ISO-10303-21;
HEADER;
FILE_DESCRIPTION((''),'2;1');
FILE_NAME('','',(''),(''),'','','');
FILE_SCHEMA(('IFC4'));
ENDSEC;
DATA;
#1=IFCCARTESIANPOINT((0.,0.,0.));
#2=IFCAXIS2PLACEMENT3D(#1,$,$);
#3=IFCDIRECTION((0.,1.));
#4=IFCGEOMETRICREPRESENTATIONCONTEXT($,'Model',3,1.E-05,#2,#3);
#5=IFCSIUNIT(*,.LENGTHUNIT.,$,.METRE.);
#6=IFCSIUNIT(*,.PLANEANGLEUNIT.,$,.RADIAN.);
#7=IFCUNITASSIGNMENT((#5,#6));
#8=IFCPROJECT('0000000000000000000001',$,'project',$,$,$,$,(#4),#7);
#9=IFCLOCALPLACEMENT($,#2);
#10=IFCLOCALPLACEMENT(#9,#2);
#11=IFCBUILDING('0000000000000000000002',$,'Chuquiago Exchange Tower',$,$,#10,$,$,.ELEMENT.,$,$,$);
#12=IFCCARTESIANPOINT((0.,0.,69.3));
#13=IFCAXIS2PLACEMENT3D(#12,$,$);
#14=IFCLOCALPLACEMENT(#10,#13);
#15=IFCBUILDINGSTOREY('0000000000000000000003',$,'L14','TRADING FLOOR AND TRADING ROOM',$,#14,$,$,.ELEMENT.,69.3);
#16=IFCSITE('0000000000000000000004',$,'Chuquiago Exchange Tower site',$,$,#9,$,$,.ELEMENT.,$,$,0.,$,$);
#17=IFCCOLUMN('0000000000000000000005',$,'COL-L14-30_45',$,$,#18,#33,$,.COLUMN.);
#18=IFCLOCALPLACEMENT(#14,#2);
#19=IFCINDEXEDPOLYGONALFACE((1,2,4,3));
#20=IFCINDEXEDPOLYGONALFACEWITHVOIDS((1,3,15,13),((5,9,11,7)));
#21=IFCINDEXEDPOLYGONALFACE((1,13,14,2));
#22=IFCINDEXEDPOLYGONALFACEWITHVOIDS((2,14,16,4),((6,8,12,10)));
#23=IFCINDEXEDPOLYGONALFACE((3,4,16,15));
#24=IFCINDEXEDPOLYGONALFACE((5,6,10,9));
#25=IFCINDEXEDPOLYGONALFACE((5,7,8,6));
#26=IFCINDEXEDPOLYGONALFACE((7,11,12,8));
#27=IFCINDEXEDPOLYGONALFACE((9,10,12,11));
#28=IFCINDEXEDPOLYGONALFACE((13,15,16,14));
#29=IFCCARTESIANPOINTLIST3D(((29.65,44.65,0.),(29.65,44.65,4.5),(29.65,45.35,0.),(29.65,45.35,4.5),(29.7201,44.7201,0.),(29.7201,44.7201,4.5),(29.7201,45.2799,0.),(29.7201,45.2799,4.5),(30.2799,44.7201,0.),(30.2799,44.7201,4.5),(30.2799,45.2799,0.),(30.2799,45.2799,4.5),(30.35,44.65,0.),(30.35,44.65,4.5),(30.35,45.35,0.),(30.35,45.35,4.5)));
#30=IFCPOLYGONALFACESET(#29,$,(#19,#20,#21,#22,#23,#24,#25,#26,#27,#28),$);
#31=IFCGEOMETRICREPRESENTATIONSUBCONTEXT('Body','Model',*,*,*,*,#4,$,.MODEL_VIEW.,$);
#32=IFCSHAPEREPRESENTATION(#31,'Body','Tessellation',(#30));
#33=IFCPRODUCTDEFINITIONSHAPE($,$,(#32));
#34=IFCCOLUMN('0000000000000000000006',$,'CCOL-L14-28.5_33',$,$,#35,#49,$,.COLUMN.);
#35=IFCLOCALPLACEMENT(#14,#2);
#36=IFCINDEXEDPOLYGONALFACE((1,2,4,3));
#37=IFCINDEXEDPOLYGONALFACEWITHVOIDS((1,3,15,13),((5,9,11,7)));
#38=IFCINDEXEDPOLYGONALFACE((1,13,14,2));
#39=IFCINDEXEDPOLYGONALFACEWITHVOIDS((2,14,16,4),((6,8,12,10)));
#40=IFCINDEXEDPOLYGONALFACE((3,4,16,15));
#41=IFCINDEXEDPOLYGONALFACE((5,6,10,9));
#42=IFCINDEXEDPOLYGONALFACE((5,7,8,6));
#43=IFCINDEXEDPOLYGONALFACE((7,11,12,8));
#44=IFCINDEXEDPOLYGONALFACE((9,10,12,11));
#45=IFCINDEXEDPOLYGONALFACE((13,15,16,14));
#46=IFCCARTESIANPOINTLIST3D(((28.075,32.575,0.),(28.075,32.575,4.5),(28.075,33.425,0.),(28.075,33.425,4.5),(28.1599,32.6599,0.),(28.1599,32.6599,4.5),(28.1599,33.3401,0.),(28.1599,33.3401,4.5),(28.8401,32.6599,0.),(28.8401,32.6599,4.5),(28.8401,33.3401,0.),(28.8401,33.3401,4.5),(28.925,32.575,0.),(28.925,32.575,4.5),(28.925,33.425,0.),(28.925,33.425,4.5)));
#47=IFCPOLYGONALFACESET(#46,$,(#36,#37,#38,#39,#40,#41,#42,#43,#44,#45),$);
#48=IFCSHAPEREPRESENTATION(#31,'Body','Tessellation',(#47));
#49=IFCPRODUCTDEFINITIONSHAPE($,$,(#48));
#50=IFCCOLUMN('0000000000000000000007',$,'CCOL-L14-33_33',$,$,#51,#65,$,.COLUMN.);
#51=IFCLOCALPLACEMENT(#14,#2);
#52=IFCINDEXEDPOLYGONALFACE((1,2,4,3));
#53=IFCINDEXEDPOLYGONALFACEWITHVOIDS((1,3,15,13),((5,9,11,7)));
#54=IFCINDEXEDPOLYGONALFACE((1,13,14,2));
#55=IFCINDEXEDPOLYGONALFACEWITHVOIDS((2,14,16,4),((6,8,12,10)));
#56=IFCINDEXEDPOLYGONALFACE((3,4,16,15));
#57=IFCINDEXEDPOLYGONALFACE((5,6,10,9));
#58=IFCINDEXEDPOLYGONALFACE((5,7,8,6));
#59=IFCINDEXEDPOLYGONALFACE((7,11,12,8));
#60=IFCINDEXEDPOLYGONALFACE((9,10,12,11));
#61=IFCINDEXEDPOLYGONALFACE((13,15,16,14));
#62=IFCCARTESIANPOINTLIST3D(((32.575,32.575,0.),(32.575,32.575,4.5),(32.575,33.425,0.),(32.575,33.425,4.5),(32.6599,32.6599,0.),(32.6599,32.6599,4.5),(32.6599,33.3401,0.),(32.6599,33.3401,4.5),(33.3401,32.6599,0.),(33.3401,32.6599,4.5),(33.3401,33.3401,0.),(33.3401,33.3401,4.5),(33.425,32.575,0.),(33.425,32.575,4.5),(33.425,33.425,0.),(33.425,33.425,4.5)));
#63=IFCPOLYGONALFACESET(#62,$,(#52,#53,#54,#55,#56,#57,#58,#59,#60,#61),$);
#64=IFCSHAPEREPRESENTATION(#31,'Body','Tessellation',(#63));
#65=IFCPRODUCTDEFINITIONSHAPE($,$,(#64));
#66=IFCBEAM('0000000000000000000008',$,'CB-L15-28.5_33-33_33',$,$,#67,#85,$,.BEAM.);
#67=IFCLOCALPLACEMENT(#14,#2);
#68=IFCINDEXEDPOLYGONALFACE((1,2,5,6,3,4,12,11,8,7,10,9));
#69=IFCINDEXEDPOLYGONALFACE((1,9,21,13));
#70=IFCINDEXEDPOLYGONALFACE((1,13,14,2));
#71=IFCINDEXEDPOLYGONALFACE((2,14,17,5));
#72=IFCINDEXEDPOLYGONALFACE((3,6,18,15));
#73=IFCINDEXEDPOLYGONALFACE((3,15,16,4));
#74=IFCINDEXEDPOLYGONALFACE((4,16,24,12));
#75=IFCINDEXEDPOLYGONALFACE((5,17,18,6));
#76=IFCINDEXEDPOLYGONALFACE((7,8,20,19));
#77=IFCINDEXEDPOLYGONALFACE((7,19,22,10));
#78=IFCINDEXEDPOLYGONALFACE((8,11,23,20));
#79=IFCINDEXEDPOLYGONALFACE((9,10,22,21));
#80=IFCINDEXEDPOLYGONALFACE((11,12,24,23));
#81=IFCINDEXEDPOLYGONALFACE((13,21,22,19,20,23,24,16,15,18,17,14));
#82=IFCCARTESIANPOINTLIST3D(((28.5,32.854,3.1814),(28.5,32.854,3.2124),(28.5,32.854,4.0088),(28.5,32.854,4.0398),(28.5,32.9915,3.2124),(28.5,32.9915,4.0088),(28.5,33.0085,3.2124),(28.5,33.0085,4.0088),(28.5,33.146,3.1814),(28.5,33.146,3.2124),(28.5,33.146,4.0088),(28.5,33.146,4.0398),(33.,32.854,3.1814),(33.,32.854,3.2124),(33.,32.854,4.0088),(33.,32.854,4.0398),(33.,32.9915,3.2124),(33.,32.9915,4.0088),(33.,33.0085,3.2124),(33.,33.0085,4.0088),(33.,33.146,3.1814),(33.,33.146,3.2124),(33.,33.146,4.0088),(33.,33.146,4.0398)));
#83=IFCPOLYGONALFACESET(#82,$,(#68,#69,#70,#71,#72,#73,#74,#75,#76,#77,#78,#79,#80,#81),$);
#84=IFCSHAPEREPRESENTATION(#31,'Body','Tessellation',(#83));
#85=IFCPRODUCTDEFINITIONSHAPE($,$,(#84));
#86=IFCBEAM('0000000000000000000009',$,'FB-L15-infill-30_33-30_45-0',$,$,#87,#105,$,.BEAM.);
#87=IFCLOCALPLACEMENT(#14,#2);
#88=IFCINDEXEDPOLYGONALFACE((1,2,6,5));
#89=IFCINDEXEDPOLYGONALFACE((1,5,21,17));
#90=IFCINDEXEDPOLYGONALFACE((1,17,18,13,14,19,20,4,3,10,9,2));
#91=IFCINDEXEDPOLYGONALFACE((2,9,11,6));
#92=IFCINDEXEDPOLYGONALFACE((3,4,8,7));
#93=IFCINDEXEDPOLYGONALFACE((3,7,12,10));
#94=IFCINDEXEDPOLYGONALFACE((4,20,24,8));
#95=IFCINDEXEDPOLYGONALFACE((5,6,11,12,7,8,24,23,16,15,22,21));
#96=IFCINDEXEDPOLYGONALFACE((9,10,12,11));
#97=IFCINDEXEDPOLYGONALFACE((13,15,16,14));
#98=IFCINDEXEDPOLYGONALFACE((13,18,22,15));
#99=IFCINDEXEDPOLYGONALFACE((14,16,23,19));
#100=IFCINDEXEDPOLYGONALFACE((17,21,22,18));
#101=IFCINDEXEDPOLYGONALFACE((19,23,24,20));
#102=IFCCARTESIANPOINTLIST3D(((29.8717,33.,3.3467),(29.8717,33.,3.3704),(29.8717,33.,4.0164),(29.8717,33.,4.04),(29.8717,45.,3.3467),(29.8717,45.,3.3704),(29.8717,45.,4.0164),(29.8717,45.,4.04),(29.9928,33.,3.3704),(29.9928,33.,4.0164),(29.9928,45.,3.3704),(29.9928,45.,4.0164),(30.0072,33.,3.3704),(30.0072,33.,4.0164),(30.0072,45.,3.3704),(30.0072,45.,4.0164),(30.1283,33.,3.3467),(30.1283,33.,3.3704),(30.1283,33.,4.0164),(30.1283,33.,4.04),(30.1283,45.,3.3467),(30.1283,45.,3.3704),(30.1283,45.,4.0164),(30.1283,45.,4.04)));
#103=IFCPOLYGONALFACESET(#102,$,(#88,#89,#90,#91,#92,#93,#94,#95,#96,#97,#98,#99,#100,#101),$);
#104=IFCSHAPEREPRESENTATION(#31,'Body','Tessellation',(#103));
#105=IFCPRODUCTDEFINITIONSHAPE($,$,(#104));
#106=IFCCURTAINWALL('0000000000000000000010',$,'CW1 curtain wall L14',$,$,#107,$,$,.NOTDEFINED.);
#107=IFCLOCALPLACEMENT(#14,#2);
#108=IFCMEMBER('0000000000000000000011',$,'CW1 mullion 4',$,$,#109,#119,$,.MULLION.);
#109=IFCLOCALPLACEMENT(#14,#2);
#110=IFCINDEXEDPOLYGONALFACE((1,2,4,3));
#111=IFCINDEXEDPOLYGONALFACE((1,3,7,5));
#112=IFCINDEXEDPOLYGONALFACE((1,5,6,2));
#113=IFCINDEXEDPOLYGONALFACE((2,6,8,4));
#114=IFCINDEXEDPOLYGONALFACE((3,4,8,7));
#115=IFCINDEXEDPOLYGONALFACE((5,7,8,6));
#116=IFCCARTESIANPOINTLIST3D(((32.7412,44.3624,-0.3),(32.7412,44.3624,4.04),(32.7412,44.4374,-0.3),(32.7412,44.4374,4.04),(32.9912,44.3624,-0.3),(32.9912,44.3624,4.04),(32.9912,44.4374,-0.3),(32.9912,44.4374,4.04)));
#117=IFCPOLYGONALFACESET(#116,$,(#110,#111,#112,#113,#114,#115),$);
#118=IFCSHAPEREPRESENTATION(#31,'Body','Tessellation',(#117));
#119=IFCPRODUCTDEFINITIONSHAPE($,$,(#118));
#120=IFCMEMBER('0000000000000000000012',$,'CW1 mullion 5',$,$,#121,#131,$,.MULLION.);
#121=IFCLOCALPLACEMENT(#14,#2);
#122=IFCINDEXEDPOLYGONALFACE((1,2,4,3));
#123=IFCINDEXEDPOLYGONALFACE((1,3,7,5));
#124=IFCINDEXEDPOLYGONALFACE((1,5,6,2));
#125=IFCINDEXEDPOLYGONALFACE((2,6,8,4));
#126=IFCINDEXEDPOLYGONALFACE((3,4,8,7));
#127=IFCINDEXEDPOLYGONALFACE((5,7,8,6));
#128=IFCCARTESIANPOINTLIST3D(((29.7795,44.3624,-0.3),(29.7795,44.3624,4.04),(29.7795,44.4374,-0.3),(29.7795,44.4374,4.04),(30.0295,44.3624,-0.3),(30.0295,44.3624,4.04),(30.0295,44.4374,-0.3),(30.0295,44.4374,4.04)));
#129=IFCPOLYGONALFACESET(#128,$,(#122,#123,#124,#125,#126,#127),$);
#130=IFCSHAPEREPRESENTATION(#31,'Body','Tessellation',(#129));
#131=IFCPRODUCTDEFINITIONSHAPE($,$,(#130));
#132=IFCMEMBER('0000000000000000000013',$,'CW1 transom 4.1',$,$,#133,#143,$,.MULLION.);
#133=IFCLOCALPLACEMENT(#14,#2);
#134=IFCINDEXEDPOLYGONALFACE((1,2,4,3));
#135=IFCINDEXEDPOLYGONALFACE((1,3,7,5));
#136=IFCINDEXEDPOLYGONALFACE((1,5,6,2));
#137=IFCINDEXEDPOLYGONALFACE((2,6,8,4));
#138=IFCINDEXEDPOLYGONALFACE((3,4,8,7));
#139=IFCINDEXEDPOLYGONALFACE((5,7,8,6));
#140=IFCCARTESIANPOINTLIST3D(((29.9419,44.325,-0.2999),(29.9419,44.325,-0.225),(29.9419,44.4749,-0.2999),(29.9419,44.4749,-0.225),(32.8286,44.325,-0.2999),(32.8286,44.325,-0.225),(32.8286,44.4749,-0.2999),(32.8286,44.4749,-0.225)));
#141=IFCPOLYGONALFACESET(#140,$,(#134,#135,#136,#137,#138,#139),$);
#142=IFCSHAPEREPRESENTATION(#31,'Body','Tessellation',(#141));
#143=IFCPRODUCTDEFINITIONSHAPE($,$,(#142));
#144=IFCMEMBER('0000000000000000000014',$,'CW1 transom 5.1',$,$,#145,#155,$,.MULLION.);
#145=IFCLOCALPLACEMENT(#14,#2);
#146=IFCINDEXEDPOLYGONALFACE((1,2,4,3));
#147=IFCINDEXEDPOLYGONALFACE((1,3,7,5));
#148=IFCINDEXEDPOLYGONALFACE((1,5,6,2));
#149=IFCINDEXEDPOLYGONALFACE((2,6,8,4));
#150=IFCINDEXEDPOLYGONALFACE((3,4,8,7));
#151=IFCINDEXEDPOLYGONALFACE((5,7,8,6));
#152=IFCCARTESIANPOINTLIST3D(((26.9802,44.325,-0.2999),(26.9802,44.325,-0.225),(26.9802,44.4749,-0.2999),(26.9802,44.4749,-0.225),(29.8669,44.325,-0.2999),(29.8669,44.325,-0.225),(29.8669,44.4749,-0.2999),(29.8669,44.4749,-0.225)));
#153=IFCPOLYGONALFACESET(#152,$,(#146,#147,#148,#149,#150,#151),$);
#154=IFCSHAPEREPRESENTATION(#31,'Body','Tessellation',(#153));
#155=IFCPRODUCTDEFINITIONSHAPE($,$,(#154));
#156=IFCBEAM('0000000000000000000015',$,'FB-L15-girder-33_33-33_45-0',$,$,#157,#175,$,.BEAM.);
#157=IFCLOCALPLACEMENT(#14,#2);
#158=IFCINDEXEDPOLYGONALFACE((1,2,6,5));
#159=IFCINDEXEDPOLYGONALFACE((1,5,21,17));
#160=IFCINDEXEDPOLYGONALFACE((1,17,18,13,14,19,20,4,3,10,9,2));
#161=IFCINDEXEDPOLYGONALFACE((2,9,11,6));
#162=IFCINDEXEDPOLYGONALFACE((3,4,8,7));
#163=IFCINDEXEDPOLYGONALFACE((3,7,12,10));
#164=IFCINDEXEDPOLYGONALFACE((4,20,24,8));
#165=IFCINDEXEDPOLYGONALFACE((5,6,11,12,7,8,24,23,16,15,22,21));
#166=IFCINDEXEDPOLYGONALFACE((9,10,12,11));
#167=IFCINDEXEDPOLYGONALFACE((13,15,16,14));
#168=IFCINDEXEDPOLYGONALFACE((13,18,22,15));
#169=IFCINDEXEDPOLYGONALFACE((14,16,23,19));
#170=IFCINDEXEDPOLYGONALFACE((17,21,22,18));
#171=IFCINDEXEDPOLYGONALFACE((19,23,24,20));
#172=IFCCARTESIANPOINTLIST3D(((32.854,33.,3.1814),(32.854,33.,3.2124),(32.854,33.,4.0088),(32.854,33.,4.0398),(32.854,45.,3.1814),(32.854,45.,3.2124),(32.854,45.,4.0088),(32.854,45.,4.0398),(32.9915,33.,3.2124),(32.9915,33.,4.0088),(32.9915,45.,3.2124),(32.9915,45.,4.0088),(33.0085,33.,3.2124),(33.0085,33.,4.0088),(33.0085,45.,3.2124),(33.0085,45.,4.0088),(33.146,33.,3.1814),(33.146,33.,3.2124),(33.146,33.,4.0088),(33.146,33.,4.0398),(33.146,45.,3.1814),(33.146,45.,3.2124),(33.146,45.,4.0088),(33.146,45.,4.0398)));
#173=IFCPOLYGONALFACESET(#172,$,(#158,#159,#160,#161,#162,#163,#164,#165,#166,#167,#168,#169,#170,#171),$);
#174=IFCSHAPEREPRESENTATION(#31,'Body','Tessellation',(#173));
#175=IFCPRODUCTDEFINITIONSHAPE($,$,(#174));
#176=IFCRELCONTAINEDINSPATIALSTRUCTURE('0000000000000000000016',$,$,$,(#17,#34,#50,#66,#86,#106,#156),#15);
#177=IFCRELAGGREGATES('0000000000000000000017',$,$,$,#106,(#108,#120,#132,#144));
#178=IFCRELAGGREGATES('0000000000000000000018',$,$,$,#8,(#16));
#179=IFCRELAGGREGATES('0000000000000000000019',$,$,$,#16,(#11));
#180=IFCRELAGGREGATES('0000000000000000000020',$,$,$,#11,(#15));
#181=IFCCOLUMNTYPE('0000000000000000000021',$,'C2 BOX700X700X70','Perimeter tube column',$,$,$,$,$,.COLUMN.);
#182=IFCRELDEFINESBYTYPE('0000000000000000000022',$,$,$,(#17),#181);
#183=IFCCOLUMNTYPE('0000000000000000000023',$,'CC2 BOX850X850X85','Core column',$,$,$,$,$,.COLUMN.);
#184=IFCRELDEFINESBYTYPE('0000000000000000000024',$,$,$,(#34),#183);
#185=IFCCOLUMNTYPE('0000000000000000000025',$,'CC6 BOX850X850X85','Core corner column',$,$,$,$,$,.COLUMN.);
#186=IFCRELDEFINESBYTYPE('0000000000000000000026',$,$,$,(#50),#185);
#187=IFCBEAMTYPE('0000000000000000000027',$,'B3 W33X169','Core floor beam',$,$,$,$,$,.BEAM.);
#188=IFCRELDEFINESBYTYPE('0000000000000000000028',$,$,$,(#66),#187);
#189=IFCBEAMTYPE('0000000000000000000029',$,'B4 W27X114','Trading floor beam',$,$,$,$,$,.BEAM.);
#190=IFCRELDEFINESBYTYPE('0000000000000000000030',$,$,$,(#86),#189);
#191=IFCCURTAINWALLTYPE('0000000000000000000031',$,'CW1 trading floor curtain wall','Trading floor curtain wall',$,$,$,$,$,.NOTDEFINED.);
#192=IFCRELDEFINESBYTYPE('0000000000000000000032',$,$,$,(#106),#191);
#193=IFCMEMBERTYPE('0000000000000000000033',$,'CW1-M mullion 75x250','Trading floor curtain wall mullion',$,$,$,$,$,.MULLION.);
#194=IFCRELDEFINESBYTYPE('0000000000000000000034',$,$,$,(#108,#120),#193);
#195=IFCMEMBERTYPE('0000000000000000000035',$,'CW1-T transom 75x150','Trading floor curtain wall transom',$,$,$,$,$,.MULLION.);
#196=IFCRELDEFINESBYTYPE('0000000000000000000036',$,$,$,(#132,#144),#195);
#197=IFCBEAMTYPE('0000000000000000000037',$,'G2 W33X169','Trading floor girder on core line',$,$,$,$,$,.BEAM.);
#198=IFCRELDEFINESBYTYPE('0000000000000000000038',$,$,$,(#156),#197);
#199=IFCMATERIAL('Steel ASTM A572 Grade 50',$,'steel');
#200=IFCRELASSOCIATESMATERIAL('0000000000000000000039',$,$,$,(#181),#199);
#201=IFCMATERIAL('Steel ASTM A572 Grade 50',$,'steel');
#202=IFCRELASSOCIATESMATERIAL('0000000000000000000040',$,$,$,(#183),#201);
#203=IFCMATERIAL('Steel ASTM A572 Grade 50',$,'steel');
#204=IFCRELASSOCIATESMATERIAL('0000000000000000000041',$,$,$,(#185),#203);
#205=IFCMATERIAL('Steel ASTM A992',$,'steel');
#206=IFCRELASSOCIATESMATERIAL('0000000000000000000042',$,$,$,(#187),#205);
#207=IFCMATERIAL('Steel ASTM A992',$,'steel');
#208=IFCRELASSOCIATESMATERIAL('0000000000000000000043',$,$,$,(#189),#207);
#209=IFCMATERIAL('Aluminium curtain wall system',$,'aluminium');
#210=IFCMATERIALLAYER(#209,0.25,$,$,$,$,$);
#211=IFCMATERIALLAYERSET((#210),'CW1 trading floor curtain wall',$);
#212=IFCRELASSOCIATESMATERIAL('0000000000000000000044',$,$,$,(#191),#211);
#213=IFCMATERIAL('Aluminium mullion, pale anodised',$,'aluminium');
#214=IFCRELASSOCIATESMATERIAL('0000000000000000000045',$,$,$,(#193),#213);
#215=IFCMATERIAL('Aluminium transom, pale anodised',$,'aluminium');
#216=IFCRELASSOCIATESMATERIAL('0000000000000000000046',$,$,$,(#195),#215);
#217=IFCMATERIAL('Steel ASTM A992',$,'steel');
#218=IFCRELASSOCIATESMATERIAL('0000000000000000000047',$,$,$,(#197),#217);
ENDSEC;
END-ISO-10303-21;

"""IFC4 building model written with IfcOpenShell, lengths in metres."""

from ifc_helpers import new_model, si_unit, direction, frame, origin, origin_2d, place, context, subcontext, project, spatial, rectangle, hollow_rectangle, i_section, extrude, material, layer, layer_set, material_profile, profile_set, type_object, element, aggregate, save


model = new_model("IFC4")

# Units and contexts
model_context = context("Model", 3, precision=1e-05, world=origin(), true_north=direction((0.0, 1.0)))
body_context = subcontext(model_context, "Body", "Model", "MODEL_VIEW")
ifc_project = project(units=[si_unit("LENGTHUNIT", "METRE"), si_unit("PLANEANGLEUNIT", "RADIAN")], contexts=[model_context])

# Site, building, storey
site_placement = place(None, origin())
site = spatial("IfcSite", under=ifc_project, at=site_placement, Name="Chuquiago Exchange Tower site", CompositionType="ELEMENT", RefElevation=0.0)
building_placement = place(site_placement, origin())
building = spatial("IfcBuilding", under=site, at=building_placement, Name="Chuquiago Exchange Tower", CompositionType="ELEMENT")
storey_placement = place(building_placement, frame((0.0, 0.0, 69.3)))
storey = spatial("IfcBuildingStorey", under=building, at=storey_placement, Name="L14", Description="TRADING FLOOR AND TRADING ROOM", CompositionType="ELEMENT", Elevation=69.3)

# Columns
ifc_material_1 = material(Name="Steel ASTM A572 Grade 50", Category="steel")
ifc_material_profile_1 = material_profile(ifc_material_1, hollow_rectangle(XDim=0.7, YDim=0.7, WallThickness=0.0701, at=origin_2d()), Name="BOX700X700X70")
ifc_profile_set_1 = profile_set([ifc_material_profile_1], Name="Steel ASTM A572 Grade 50")
column_type_1 = type_object("IfcColumnType", Name="C2 BOX700X700X70", Description="Perimeter tube column", PredefinedType="COLUMN", material=ifc_profile_set_1)
column_1_placement = place(storey_placement, frame((30.0, 45.0, 0.0), z_axis=(0.0, 0.0, 1.0), x_axis=(0.0, 1.0, 0.0)))
element("IfcColumn", 1, at=column_1_placement, inside=storey, type_object=column_type_1, Name="COL-L14-30_45", PredefinedType="COLUMN", context=body_context, shape_type="SweptSolid", body=[
    extrude(hollow_rectangle(XDim=0.7, YDim=0.7, WallThickness=0.0701, at=origin_2d()), origin(), (0.0, 0.0, 1.0), 4.5),
])
ifc_material_2 = material(Name="Steel ASTM A572 Grade 50", Category="steel")
ifc_material_profile_2 = material_profile(ifc_material_2, hollow_rectangle(XDim=0.8501, YDim=0.8501, WallThickness=0.085, at=origin_2d()), Name="BOX850X850X85")
ifc_profile_set_2 = profile_set([ifc_material_profile_2], Name="Steel ASTM A572 Grade 50")
column_type_2 = type_object("IfcColumnType", Name="CC2 BOX850X850X85", Description="Core column", PredefinedType="COLUMN", material=ifc_profile_set_2)
column_2_placement = place(storey_placement, frame((28.5, 33.0, 0.0), z_axis=(0.0, 0.0, 1.0), x_axis=(1.0, 0.0, 0.0)))
element("IfcColumn", 2, at=column_2_placement, inside=storey, type_object=column_type_2, Name="CCOL-L14-28.5_33", PredefinedType="COLUMN", context=body_context, shape_type="SweptSolid", body=[
    extrude(hollow_rectangle(XDim=0.8501, YDim=0.8501, WallThickness=0.085, at=origin_2d()), origin(), (0.0, 0.0, 1.0), 4.5),
])
ifc_material_3 = material(Name="Steel ASTM A572 Grade 50", Category="steel")
ifc_material_profile_3 = material_profile(ifc_material_3, hollow_rectangle(XDim=0.8501, YDim=0.8501, WallThickness=0.085, at=origin_2d()), Name="BOX850X850X85")
ifc_profile_set_3 = profile_set([ifc_material_profile_3], Name="Steel ASTM A572 Grade 50")
column_type_3 = type_object("IfcColumnType", Name="CC6 BOX850X850X85", Description="Core corner column", PredefinedType="COLUMN", material=ifc_profile_set_3)
column_3_placement = place(storey_placement, frame((33.0, 33.0, 0.0), z_axis=(0.0, 0.0, 1.0), x_axis=(1.0, 0.0, 0.0)))
element("IfcColumn", 3, at=column_3_placement, inside=storey, type_object=column_type_3, Name="CCOL-L14-33_33", PredefinedType="COLUMN", context=body_context, shape_type="SweptSolid", body=[
    extrude(hollow_rectangle(XDim=0.8501, YDim=0.8501, WallThickness=0.085, at=origin_2d()), origin(), (0.0, 0.0, 1.0), 4.5),
])

# Beams
ifc_material_4 = material(Name="Steel ASTM A992", Category="steel")
ifc_material_profile_4 = material_profile(ifc_material_4, i_section(OverallWidth=0.292, OverallDepth=0.8584, WebThickness=0.0171, FlangeThickness=0.031, at=origin_2d()), Name="W33X169")
ifc_profile_set_4 = profile_set([ifc_material_profile_4], Name="Steel ASTM A992")
beam_type_1 = type_object("IfcBeamType", Name="B3 W33X169", Description="Core floor beam", PredefinedType="BEAM", material=ifc_profile_set_4)
beam_1_placement = place(storey_placement, frame((28.5, 33.0, 3.6106), z_axis=(1.0, 0.0, 0.0), x_axis=(0.0, 1.0, 0.0)))
element("IfcBeam", 4, at=beam_1_placement, inside=storey, type_object=beam_type_1, Name="CB-L15-28.5_33-33_33", PredefinedType="BEAM", context=body_context, shape_type="SweptSolid", body=[
    extrude(i_section(OverallWidth=0.292, OverallDepth=0.8584, WebThickness=0.0171, FlangeThickness=0.031, at=origin_2d()), origin(), (0.0, 0.0, 1.0), 4.5),
])
ifc_material_5 = material(Name="Steel ASTM A992", Category="steel")
ifc_material_profile_5 = material_profile(ifc_material_5, i_section(OverallWidth=0.2566, OverallDepth=0.6934, WebThickness=0.0144, FlangeThickness=0.0237, at=origin_2d()), Name="W27X114")
ifc_profile_set_5 = profile_set([ifc_material_profile_5], Name="Steel ASTM A992")
beam_type_2 = type_object("IfcBeamType", Name="B4 W27X114", Description="Trading floor beam", PredefinedType="BEAM", material=ifc_profile_set_5)
beam_2_placement = place(storey_placement, frame((30.0, 33.0, 3.6934), z_axis=(0.0, 1.0, 0.0), x_axis=(-1.0, 0.0, 0.0)))
element("IfcBeam", 5, at=beam_2_placement, inside=storey, type_object=beam_type_2, Name="FB-L15-infill-30_33-30_45-0", PredefinedType="BEAM", context=body_context, shape_type="SweptSolid", body=[
    extrude(i_section(OverallWidth=0.2566, OverallDepth=0.6934, WebThickness=0.0144, FlangeThickness=0.0237, at=origin_2d()), origin(), (0.0, 0.0, 1.0), 12.0),
])

# Curtain wall, members
ifc_material_6 = material(Name="Aluminium curtain wall system", Category="aluminium")
ifc_layer_1 = layer(ifc_material_6, 0.25)
ifc_layer_set_1 = layer_set([ifc_layer_1], Name="CW1 trading floor curtain wall")
curtain_wall_type = type_object("IfcCurtainWallType", Name="CW1 trading floor curtain wall", Description="Trading floor curtain wall", PredefinedType="NOTDEFINED", material=ifc_layer_set_1)
curtain_wall_placement = place(storey_placement, origin())
curtain_wall = element("IfcCurtainWall", 6, at=curtain_wall_placement, inside=storey, type_object=curtain_wall_type, Name="CW1 curtain wall L14", PredefinedType="NOTDEFINED")
ifc_material_7 = material(Name="Aluminium mullion, pale anodised", Category="aluminium")
ifc_material_profile_6 = material_profile(ifc_material_7, rectangle(XDim=0.075, YDim=0.25, at=origin_2d()), Name="AL 75x250")
ifc_profile_set_6 = profile_set([ifc_material_profile_6], Name="Aluminium mullion, pale anodised")
member_type_1 = type_object("IfcMemberType", Name="CW1-M mullion 75x250", Description="Trading floor curtain wall mullion", PredefinedType="MULLION", material=ifc_profile_set_6)
member_1_placement = place(storey_placement, frame((32.8662, 44.3999, -0.3), z_axis=(0.0, 0.0, 1.0), x_axis=(0.0, -1.0, 0.0)))
member_1 = element("IfcMember", 7, at=member_1_placement, type_object=member_type_1, Name="CW1 mullion 4", PredefinedType="MULLION", context=body_context, shape_type="SweptSolid", body=[
    extrude(rectangle(XDim=0.075, YDim=0.25, at=origin_2d()), origin(), (0.0, 0.0, 1.0), 4.3401),
])
member_2_placement = place(storey_placement, frame((29.9045, 44.3999, -0.3), z_axis=(0.0, 0.0, 1.0), x_axis=(0.0, -1.0, 0.0)))
member_2 = element("IfcMember", 8, at=member_2_placement, type_object=member_type_1, Name="CW1 mullion 5", PredefinedType="MULLION", context=body_context, shape_type="SweptSolid", body=[
    extrude(rectangle(XDim=0.075, YDim=0.25, at=origin_2d()), origin(), (0.0, 0.0, 1.0), 4.3401),
])
ifc_material_8 = material(Name="Aluminium transom, pale anodised", Category="aluminium")
ifc_material_profile_7 = material_profile(ifc_material_8, rectangle(XDim=0.1499, YDim=0.075, at=origin_2d()), Name="AL 150x75")
ifc_profile_set_7 = profile_set([ifc_material_profile_7], Name="Aluminium transom, pale anodised")
member_type_2 = type_object("IfcMemberType", Name="CW1-T transom 75x150", Description="Trading floor curtain wall transom", PredefinedType="MULLION", material=ifc_profile_set_7)
member_3_placement = place(storey_placement, frame((32.8286, 44.3999, -0.2625), z_axis=(-1.0, 0.0, 0.0), x_axis=(0.0, -1.0, 0.0)))
member_3 = element("IfcMember", 9, at=member_3_placement, type_object=member_type_2, Name="CW1 transom 4.1", PredefinedType="MULLION", context=body_context, shape_type="SweptSolid", body=[
    extrude(rectangle(XDim=0.1499, YDim=0.075, at=origin_2d()), origin(), (0.0, 0.0, 1.0), 2.8867),
])
member_4_placement = place(storey_placement, frame((29.8669, 44.3999, -0.2625), z_axis=(-1.0, 0.0, 0.0), x_axis=(0.0, -1.0, 0.0)))
member_4 = element("IfcMember", 10, at=member_4_placement, type_object=member_type_2, Name="CW1 transom 5.1", PredefinedType="MULLION", context=body_context, shape_type="SweptSolid", body=[
    extrude(rectangle(XDim=0.1499, YDim=0.075, at=origin_2d()), origin(), (0.0, 0.0, 1.0), 2.8867),
])

# Beam
ifc_material_9 = material(Name="Steel ASTM A992", Category="steel")
ifc_material_profile_8 = material_profile(ifc_material_9, i_section(OverallWidth=0.292, OverallDepth=0.8584, WebThickness=0.0171, FlangeThickness=0.031, at=origin_2d()), Name="W33X169")
ifc_profile_set_8 = profile_set([ifc_material_profile_8], Name="Steel ASTM A992")
beam_type_3 = type_object("IfcBeamType", Name="G2 W33X169", Description="Trading floor girder on core line", PredefinedType="BEAM", material=ifc_profile_set_8)
for number, where, z_axis, x_axis, name in (
    (11, (33.0, 33.0, 3.6106), (0.0, 1.0, 0.0), (-1.0, 0.0, 0.0), "FB-L15-girder-33_33-33_45-0"),
):
    element("IfcBeam", number, at=place(storey_placement, frame(where, z_axis=z_axis, x_axis=x_axis)), inside=storey, type_object=beam_type_3, Name=name, PredefinedType="BEAM", context=body_context, shape_type="SweptSolid", body=[
        extrude(i_section(OverallWidth=0.292, OverallDepth=0.8584, WebThickness=0.0171, FlangeThickness=0.031, at=origin_2d()), origin(), (0.0, 0.0, 1.0), 12.0),
    ])

aggregate(curtain_wall, [member_1, member_2, member_3, member_4])

save(model, "model.ifc")
